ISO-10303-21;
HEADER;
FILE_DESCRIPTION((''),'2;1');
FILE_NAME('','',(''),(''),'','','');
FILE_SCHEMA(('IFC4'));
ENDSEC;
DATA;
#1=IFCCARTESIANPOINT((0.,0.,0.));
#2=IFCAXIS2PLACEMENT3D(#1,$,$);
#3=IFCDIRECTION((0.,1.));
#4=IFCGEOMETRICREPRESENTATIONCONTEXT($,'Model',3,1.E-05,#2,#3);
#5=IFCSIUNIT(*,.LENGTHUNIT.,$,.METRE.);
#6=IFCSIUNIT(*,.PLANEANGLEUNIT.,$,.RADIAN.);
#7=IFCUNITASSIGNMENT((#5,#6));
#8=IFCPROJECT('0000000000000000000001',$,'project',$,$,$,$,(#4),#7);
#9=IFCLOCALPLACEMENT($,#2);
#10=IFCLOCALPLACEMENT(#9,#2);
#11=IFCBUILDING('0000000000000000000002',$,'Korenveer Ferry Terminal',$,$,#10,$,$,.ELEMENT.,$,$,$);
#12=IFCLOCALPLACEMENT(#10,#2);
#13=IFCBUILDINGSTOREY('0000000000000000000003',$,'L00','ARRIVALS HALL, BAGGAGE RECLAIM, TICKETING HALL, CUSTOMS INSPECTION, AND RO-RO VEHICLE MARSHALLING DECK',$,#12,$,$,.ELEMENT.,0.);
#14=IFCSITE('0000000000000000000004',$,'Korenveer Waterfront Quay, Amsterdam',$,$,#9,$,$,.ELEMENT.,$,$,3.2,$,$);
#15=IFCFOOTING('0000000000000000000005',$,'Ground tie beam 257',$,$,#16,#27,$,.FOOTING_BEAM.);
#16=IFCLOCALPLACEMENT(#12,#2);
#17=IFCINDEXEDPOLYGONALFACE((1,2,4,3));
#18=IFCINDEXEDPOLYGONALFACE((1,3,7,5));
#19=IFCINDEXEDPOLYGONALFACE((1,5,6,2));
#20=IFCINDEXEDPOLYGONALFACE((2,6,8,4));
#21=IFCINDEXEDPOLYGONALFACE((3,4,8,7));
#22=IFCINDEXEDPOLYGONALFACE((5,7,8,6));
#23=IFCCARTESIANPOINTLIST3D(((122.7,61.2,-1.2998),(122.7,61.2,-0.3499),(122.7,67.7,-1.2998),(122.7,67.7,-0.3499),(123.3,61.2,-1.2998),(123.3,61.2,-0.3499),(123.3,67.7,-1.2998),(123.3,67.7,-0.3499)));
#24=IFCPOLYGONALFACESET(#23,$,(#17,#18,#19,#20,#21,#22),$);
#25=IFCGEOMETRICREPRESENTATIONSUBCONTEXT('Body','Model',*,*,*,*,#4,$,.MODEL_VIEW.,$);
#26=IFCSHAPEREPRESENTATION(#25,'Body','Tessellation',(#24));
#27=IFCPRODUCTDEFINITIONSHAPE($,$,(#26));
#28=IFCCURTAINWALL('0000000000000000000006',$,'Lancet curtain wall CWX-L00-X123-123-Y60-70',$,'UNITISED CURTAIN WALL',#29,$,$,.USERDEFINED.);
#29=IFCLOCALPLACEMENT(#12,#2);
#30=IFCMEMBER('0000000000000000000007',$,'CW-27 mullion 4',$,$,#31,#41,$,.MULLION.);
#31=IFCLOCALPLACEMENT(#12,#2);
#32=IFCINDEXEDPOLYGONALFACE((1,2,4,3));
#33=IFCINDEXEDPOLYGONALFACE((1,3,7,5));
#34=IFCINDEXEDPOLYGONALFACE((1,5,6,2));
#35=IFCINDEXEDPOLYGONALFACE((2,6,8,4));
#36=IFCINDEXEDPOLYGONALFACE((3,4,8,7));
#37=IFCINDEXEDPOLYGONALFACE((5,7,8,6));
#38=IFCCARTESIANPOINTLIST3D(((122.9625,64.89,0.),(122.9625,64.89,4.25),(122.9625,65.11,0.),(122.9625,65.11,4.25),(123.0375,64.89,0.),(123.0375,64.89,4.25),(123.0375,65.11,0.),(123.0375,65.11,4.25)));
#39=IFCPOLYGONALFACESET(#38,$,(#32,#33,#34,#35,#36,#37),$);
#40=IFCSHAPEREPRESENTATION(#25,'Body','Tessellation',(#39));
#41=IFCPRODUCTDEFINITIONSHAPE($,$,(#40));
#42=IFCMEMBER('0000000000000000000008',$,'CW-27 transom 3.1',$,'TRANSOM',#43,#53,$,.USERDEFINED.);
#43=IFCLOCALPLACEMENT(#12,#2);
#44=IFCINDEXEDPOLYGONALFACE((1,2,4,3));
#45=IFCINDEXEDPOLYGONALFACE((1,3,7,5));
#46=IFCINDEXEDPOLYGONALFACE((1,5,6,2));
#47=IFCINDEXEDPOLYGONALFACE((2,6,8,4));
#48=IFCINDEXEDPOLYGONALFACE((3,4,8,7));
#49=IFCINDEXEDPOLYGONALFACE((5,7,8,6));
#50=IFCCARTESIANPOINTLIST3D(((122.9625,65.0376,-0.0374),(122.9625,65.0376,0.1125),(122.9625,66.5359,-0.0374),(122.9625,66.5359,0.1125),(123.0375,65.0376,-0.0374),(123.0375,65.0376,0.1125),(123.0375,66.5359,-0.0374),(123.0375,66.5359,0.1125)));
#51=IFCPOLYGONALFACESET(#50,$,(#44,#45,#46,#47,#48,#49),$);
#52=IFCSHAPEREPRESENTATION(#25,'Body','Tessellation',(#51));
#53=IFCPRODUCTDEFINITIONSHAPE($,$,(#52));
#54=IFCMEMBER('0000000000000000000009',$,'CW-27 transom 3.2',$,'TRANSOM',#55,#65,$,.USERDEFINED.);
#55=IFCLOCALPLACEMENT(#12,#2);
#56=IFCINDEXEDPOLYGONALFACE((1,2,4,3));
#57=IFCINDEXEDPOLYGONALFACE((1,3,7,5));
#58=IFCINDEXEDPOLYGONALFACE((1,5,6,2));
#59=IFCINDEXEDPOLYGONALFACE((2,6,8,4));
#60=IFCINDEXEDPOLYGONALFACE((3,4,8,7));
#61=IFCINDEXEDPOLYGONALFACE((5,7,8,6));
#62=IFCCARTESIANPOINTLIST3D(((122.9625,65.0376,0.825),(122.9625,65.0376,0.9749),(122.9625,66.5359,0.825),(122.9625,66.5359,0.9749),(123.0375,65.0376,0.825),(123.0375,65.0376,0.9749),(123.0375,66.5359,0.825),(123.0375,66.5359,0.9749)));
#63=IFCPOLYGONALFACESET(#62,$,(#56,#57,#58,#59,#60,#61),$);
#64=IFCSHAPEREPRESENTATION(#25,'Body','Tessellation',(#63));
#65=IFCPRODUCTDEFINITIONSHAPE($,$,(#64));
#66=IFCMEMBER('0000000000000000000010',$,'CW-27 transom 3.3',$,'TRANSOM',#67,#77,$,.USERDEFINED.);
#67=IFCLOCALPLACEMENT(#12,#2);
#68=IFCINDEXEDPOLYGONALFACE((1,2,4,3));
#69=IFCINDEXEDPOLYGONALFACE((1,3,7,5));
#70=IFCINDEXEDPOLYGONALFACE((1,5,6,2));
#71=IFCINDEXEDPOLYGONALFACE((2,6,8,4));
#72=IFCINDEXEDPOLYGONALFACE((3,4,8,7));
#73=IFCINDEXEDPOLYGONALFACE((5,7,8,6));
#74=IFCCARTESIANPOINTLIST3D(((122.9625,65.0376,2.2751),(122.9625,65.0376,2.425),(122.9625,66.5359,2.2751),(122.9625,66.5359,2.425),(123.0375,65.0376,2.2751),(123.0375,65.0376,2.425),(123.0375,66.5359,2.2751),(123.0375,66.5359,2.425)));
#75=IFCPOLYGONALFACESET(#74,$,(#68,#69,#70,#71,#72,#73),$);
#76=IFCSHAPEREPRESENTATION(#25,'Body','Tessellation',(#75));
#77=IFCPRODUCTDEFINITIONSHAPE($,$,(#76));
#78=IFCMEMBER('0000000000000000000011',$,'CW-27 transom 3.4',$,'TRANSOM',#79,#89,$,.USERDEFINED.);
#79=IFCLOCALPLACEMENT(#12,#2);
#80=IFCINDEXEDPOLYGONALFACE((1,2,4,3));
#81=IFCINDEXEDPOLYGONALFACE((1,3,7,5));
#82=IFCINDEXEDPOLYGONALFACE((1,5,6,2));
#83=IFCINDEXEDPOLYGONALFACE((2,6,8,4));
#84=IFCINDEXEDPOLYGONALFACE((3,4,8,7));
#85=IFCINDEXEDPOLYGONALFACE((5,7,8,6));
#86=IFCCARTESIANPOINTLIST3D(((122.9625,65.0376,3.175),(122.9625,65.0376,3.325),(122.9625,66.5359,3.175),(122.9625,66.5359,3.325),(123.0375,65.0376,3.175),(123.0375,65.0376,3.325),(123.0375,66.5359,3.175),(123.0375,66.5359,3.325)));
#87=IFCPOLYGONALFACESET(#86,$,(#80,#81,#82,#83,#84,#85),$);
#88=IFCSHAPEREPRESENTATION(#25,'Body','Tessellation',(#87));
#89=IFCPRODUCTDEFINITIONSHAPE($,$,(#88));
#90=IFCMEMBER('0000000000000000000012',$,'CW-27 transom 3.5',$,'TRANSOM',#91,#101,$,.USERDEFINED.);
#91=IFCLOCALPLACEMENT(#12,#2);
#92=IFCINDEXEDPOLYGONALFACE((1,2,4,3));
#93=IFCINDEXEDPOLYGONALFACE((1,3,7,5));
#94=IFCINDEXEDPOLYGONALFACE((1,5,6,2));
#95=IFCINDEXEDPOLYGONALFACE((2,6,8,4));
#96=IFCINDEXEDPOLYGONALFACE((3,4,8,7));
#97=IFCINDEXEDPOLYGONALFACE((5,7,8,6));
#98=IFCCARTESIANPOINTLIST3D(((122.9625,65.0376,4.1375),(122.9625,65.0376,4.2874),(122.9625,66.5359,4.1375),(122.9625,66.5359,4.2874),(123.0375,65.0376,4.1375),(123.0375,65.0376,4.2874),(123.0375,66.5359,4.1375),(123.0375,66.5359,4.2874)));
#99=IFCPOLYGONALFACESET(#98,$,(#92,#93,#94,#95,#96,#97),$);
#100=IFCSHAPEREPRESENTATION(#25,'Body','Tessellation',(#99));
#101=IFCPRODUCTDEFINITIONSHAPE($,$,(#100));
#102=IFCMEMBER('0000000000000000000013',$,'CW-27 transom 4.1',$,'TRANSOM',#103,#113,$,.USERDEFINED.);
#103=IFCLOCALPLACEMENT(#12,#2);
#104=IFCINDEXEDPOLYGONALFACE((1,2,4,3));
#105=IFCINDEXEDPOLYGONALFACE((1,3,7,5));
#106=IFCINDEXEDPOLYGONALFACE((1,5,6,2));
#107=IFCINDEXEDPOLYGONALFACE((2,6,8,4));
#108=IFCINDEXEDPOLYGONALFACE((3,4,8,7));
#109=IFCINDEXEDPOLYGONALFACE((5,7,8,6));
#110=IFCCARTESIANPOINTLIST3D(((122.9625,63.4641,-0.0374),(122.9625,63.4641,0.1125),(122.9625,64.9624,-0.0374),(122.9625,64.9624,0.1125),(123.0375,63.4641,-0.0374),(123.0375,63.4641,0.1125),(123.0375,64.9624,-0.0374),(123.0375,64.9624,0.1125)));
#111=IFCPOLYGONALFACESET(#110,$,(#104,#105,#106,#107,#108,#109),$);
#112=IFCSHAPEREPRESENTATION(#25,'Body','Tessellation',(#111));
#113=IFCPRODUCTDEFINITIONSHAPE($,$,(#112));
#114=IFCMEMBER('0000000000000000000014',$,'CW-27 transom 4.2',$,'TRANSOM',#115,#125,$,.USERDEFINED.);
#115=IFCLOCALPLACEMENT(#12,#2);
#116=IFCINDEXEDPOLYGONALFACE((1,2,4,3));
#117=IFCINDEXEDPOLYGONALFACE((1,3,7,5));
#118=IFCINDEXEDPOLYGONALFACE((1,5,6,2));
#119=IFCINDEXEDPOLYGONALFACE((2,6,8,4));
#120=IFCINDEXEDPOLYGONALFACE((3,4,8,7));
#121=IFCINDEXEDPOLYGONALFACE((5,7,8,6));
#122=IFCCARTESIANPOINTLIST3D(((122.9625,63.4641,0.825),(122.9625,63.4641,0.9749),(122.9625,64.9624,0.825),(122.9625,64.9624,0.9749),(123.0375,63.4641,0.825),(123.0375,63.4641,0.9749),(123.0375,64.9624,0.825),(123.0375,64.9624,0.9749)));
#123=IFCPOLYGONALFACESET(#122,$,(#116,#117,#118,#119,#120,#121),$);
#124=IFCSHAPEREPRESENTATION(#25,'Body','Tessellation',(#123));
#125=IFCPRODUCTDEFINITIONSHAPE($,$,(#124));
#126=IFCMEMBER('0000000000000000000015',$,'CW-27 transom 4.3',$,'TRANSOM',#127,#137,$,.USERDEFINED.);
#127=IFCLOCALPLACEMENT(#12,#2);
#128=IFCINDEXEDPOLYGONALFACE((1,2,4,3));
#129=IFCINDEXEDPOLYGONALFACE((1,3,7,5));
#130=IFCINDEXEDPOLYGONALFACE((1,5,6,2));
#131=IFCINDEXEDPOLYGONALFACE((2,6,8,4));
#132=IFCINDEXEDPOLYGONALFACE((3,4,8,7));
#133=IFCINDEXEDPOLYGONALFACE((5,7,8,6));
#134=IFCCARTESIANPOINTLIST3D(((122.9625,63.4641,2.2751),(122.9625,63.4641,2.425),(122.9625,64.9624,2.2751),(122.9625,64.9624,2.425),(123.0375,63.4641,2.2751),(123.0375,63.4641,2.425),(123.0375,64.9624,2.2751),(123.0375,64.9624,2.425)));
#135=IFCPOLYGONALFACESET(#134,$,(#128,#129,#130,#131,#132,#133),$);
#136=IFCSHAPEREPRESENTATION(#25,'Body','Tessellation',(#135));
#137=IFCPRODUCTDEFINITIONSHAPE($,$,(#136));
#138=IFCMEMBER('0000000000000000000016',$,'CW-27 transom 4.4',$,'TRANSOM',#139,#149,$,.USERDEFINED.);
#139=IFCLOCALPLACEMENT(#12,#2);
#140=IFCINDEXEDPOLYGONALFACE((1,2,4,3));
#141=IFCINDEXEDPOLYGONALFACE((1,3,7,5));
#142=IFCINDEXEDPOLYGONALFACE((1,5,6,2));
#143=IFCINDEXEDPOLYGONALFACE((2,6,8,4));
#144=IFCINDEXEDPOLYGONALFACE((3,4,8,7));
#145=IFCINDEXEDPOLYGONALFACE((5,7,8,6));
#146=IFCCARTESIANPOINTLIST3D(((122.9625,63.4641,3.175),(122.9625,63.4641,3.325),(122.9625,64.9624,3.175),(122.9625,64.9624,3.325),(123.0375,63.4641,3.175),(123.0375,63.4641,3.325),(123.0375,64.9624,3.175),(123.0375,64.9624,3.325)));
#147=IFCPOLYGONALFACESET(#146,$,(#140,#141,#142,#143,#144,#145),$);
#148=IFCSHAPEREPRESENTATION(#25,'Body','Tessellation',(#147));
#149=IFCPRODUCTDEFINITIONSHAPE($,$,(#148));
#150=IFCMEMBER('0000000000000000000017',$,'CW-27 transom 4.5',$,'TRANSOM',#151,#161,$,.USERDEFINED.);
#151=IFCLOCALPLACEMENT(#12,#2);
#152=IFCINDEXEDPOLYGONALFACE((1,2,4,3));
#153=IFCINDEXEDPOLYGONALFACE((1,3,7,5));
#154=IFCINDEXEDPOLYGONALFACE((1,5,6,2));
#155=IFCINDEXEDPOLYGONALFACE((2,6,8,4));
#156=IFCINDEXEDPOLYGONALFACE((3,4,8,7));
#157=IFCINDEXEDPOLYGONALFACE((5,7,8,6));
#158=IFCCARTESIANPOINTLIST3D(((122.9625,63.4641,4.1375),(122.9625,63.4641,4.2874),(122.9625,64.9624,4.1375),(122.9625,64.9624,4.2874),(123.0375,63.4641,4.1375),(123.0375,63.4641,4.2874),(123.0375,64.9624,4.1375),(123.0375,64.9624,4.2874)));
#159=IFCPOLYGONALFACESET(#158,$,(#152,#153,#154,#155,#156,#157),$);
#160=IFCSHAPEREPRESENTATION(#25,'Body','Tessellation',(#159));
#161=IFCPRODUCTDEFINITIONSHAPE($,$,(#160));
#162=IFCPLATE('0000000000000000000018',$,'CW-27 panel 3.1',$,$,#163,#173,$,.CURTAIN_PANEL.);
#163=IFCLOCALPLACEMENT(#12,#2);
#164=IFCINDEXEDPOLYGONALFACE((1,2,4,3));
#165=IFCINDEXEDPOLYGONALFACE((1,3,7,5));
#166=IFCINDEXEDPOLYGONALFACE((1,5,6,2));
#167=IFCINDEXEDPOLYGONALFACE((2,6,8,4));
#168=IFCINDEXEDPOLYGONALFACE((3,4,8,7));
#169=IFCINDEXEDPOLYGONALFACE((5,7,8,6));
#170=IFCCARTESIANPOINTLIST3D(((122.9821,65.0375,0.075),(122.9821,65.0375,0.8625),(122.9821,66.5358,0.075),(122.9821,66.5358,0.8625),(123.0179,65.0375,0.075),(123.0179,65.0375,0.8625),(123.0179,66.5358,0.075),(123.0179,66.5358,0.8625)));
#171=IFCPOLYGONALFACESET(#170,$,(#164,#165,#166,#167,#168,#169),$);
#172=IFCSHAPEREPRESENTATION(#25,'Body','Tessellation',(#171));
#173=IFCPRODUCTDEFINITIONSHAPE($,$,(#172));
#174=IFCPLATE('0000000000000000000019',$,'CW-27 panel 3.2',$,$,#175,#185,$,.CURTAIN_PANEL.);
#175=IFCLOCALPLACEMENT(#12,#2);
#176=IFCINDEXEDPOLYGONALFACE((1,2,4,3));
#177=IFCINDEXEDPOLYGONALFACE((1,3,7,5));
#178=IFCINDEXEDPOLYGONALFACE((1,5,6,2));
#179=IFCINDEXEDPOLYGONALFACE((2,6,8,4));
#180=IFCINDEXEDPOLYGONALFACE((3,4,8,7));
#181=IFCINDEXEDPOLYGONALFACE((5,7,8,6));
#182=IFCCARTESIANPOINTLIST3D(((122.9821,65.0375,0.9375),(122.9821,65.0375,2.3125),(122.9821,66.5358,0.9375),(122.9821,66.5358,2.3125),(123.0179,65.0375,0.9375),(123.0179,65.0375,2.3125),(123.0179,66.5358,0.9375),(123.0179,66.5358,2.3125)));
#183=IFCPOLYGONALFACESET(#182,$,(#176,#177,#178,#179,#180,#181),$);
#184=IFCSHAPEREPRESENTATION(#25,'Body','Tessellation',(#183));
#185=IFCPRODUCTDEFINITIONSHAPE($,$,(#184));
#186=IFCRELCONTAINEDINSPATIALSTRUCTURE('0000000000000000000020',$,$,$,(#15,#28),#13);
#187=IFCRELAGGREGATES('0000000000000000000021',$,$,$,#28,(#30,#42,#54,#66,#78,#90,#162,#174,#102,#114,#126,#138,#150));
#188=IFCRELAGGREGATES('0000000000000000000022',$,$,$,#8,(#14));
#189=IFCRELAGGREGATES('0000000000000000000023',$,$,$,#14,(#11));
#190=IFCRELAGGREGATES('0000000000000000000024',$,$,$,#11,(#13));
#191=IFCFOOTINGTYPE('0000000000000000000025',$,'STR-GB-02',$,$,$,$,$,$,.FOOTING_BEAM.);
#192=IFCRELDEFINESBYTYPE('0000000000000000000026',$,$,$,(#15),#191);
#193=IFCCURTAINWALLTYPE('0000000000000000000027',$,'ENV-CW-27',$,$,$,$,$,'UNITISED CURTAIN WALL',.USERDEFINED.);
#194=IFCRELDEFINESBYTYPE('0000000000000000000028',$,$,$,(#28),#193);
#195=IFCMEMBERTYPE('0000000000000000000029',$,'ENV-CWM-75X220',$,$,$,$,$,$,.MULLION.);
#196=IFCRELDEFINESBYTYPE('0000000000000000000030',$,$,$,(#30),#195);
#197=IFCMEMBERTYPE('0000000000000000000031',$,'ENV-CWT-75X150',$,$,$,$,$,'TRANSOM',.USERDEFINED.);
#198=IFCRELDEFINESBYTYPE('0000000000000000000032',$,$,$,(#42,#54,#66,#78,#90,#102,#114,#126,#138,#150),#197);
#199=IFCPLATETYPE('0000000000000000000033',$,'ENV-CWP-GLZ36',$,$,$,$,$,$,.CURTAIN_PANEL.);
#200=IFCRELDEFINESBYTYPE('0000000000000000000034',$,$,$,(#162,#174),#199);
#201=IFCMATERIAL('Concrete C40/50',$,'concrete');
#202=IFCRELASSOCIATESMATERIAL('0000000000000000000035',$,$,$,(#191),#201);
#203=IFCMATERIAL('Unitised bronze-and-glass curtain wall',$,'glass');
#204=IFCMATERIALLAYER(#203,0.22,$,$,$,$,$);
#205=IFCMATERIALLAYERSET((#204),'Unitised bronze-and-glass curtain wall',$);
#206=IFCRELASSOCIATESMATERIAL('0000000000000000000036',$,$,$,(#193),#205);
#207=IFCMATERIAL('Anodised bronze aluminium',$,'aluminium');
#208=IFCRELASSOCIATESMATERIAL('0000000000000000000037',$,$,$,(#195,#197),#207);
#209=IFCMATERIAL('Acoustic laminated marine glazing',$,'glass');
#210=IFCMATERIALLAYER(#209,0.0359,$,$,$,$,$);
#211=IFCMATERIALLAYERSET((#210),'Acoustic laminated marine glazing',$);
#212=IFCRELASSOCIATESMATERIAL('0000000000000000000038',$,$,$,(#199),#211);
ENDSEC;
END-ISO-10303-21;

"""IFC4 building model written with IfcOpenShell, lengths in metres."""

from ifc_helpers import new_model, si_unit, direction, frame, origin, origin_2d, place, context, subcontext, project, spatial, rectangle, extrude, material, layer, layer_set, material_profile, profile_set, type_object, element, aggregate, save


model = new_model("IFC4")

# Units and contexts
model_context = context("Model", 3, precision=1e-05, world=origin(), true_north=direction((0.0, 1.0)))
body_context = subcontext(model_context, "Body", "Model", "MODEL_VIEW")
ifc_project = project(units=[si_unit("LENGTHUNIT", "METRE"), si_unit("PLANEANGLEUNIT", "RADIAN")], contexts=[model_context])

# Site, building, storey
site_placement = place(None, origin())
site = spatial("IfcSite", under=ifc_project, at=site_placement, Name="Korenveer Waterfront Quay, Amsterdam", CompositionType="ELEMENT", RefElevation=3.2)
building_placement = place(site_placement, origin())
building = spatial("IfcBuilding", under=site, at=building_placement, Name="Korenveer Ferry Terminal", CompositionType="ELEMENT")
storey_placement = place(building_placement, origin())
storey = spatial("IfcBuildingStorey", under=building, at=storey_placement, Name="L00", Description="ARRIVALS HALL, BAGGAGE RECLAIM, TICKETING HALL, CUSTOMS INSPECTION, AND RO-RO VEHICLE MARSHALLING DECK", CompositionType="ELEMENT", Elevation=0.0)

# Footing
ifc_material_1 = material(Name="Concrete C40/50", Category="concrete")
footing_type = type_object("IfcFootingType", Name="STR-GB-02", PredefinedType="FOOTING_BEAM", material=ifc_material_1)
footing_placement = place(storey_placement, frame((123.0, 64.45, -1.2998), z_axis=(0.0, 0.0, 1.0), x_axis=(1.0, 0.0, 0.0)))
element("IfcFooting", 1, at=footing_placement, inside=storey, type_object=footing_type, Name="Ground tie beam 257", PredefinedType="FOOTING_BEAM", context=body_context, shape_type="SweptSolid", body=[
    extrude(rectangle(XDim=0.6001, YDim=6.5, at=origin_2d()), origin(), (0.0, 0.0, 1.0), 0.95),
])

# Curtain wall, members, plates
ifc_material_2 = material(Name="Unitised bronze-and-glass curtain wall", Category="glass")
ifc_layer_1 = layer(ifc_material_2, 0.22)
ifc_layer_set_1 = layer_set([ifc_layer_1], Name="Unitised bronze-and-glass curtain wall")
curtain_wall_type = type_object("IfcCurtainWallType", Name="ENV-CW-27", ElementType="UNITISED CURTAIN WALL", PredefinedType="USERDEFINED", material=ifc_layer_set_1)
curtain_wall_placement = place(storey_placement, frame((123.0, 69.72, 0.0)))
curtain_wall = element("IfcCurtainWall", 2, at=curtain_wall_placement, inside=storey, type_object=curtain_wall_type, Name="Lancet curtain wall CWX-L00-X123-123-Y60-70", ObjectType="UNITISED CURTAIN WALL", PredefinedType="USERDEFINED")
ifc_material_3 = material(Name="Anodised bronze aluminium", Category="aluminium")
ifc_material_profile_1 = material_profile(ifc_material_3, rectangle(XDim=0.075, YDim=0.22, at=origin_2d()), Name="ALU 75x220")
ifc_profile_set_1 = profile_set([ifc_material_profile_1], Name="Anodised bronze aluminium")
member_type_1 = type_object("IfcMemberType", Name="ENV-CWM-75X220", PredefinedType="MULLION", material=ifc_profile_set_1)
member_1_placement = place(storey_placement, frame((123.0, 65.0, 0.0), z_axis=(0.0, 0.0, 1.0), x_axis=(1.0, 0.0, 0.0)))
member_1 = element("IfcMember", 3, at=member_1_placement, type_object=member_type_1, Name="CW-27 mullion 4", PredefinedType="MULLION", context=body_context, shape_type="SweptSolid", body=[
    extrude(rectangle(XDim=0.075, YDim=0.22, at=origin_2d()), origin(), (0.0, 0.0, 1.0), 4.25),
])
ifc_material_profile_2 = material_profile(ifc_material_3, rectangle(XDim=0.075, YDim=0.1499, at=origin_2d()), Name="ALU 75x150")
ifc_profile_set_2 = profile_set([ifc_material_profile_2], Name="Anodised bronze aluminium")
member_type_2 = type_object("IfcMemberType", Name="ENV-CWT-75X150", ElementType="TRANSOM", PredefinedType="USERDEFINED", material=ifc_profile_set_2)
member_2_placement = place(storey_placement, frame((123.0, 66.5359, 0.0376), z_axis=(0.0, -1.0, 0.0), x_axis=(1.0, 0.0, 0.0)))
member_2 = element("IfcMember", 4, at=member_2_placement, type_object=member_type_2, Name="CW-27 transom 3.1", ObjectType="TRANSOM", PredefinedType="USERDEFINED", context=body_context, shape_type="SweptSolid", body=[
    extrude(rectangle(XDim=0.075, YDim=0.1499, at=origin_2d()), origin(), (0.0, 0.0, 1.0), 1.4983),
])
member_3_placement = place(storey_placement, frame((123.0, 66.5359, 0.8999), z_axis=(0.0, -1.0, 0.0), x_axis=(1.0, 0.0, 0.0)))
member_3 = element("IfcMember", 5, at=member_3_placement, type_object=member_type_2, Name="CW-27 transom 3.2", ObjectType="TRANSOM", PredefinedType="USERDEFINED", context=body_context, shape_type="SweptSolid", body=[
    extrude(rectangle(XDim=0.075, YDim=0.1499, at=origin_2d()), origin(), (0.0, 0.0, 1.0), 1.4983),
])
member_4_placement = place(storey_placement, frame((123.0, 66.5359, 2.3501), z_axis=(0.0, -1.0, 0.0), x_axis=(1.0, 0.0, 0.0)))
member_4 = element("IfcMember", 6, at=member_4_placement, type_object=member_type_2, Name="CW-27 transom 3.3", ObjectType="TRANSOM", PredefinedType="USERDEFINED", context=body_context, shape_type="SweptSolid", body=[
    extrude(rectangle(XDim=0.075, YDim=0.1499, at=origin_2d()), origin(), (0.0, 0.0, 1.0), 1.4983),
])
member_5_placement = place(storey_placement, frame((123.0, 66.5359, 3.25), z_axis=(0.0, -1.0, 0.0), x_axis=(1.0, 0.0, 0.0)))
member_5 = element("IfcMember", 7, at=member_5_placement, type_object=member_type_2, Name="CW-27 transom 3.4", ObjectType="TRANSOM", PredefinedType="USERDEFINED", context=body_context, shape_type="SweptSolid", body=[
    extrude(rectangle(XDim=0.075, YDim=0.1499, at=origin_2d()), origin(), (0.0, 0.0, 1.0), 1.4983),
])
member_6_placement = place(storey_placement, frame((123.0, 66.5359, 4.2124), z_axis=(0.0, -1.0, 0.0), x_axis=(1.0, 0.0, 0.0)))
member_6 = element("IfcMember", 8, at=member_6_placement, type_object=member_type_2, Name="CW-27 transom 3.5", ObjectType="TRANSOM", PredefinedType="USERDEFINED", context=body_context, shape_type="SweptSolid", body=[
    extrude(rectangle(XDim=0.075, YDim=0.1499, at=origin_2d()), origin(), (0.0, 0.0, 1.0), 1.4983),
])
member_7_placement = place(storey_placement, frame((123.0, 64.9624, 0.0376), z_axis=(0.0, -1.0, 0.0), x_axis=(1.0, 0.0, 0.0)))
member_7 = element("IfcMember", 9, at=member_7_placement, type_object=member_type_2, Name="CW-27 transom 4.1", ObjectType="TRANSOM", PredefinedType="USERDEFINED", context=body_context, shape_type="SweptSolid", body=[
    extrude(rectangle(XDim=0.075, YDim=0.1499, at=origin_2d()), origin(), (0.0, 0.0, 1.0), 1.4983),
])
member_8_placement = place(storey_placement, frame((123.0, 64.9624, 0.8999), z_axis=(0.0, -1.0, 0.0), x_axis=(1.0, 0.0, 0.0)))
member_8 = element("IfcMember", 10, at=member_8_placement, type_object=member_type_2, Name="CW-27 transom 4.2", ObjectType="TRANSOM", PredefinedType="USERDEFINED", context=body_context, shape_type="SweptSolid", body=[
    extrude(rectangle(XDim=0.075, YDim=0.1499, at=origin_2d()), origin(), (0.0, 0.0, 1.0), 1.4983),
])
member_9_placement = place(storey_placement, frame((123.0, 64.9624, 2.3501), z_axis=(0.0, -1.0, 0.0), x_axis=(1.0, 0.0, 0.0)))
member_9 = element("IfcMember", 11, at=member_9_placement, type_object=member_type_2, Name="CW-27 transom 4.3", ObjectType="TRANSOM", PredefinedType="USERDEFINED", context=body_context, shape_type="SweptSolid", body=[
    extrude(rectangle(XDim=0.075, YDim=0.1499, at=origin_2d()), origin(), (0.0, 0.0, 1.0), 1.4983),
])
member_10_placement = place(storey_placement, frame((123.0, 64.9624, 3.25), z_axis=(0.0, -1.0, 0.0), x_axis=(1.0, 0.0, 0.0)))
member_10 = element("IfcMember", 12, at=member_10_placement, type_object=member_type_2, Name="CW-27 transom 4.4", ObjectType="TRANSOM", PredefinedType="USERDEFINED", context=body_context, shape_type="SweptSolid", body=[
    extrude(rectangle(XDim=0.075, YDim=0.1499, at=origin_2d()), origin(), (0.0, 0.0, 1.0), 1.4983),
])
member_11_placement = place(storey_placement, frame((123.0, 64.9624, 4.2124), z_axis=(0.0, -1.0, 0.0), x_axis=(1.0, 0.0, 0.0)))
member_11 = element("IfcMember", 13, at=member_11_placement, type_object=member_type_2, Name="CW-27 transom 4.5", ObjectType="TRANSOM", PredefinedType="USERDEFINED", context=body_context, shape_type="SweptSolid", body=[
    extrude(rectangle(XDim=0.075, YDim=0.1499, at=origin_2d()), origin(), (0.0, 0.0, 1.0), 1.4983),
])
ifc_material_4 = material(Name="Acoustic laminated marine glazing", Category="glass")
ifc_layer_2 = layer(ifc_material_4, 0.0359)
ifc_layer_set_2 = layer_set([ifc_layer_2], Name="Acoustic laminated marine glazing")
plate_type = type_object("IfcPlateType", Name="ENV-CWP-GLZ36", PredefinedType="CURTAIN_PANEL", material=ifc_layer_set_2)
plate_1_placement = place(storey_placement, frame((123.0, 65.7866, 0.075), z_axis=(0.0, 0.0, 1.0), x_axis=(0.0, -1.0, 0.0)))
plate_1 = element("IfcPlate", 14, at=plate_1_placement, type_object=plate_type, Name="CW-27 panel 3.1", PredefinedType="CURTAIN_PANEL", context=body_context, shape_type="SweptSolid", body=[
    extrude(rectangle(XDim=1.4983, YDim=0.0359, at=origin_2d()), origin(), (0.0, 0.0, 1.0), 0.7876),
])
plate_2_placement = place(storey_placement, frame((123.0, 65.7866, 0.9375), z_axis=(0.0, 0.0, 1.0), x_axis=(0.0, -1.0, 0.0)))
plate_2 = element("IfcPlate", 15, at=plate_2_placement, type_object=plate_type, Name="CW-27 panel 3.2", PredefinedType="CURTAIN_PANEL", context=body_context, shape_type="SweptSolid", body=[
    extrude(rectangle(XDim=1.4983, YDim=0.0359, at=origin_2d()), origin(), (0.0, 0.0, 1.0), 1.375),
])
aggregate(curtain_wall, [member_1, member_2, member_3, member_4, member_5, member_6, plate_1, plate_2, member_7, member_8, member_9, member_10, member_11])

save(model, "model.ifc")
